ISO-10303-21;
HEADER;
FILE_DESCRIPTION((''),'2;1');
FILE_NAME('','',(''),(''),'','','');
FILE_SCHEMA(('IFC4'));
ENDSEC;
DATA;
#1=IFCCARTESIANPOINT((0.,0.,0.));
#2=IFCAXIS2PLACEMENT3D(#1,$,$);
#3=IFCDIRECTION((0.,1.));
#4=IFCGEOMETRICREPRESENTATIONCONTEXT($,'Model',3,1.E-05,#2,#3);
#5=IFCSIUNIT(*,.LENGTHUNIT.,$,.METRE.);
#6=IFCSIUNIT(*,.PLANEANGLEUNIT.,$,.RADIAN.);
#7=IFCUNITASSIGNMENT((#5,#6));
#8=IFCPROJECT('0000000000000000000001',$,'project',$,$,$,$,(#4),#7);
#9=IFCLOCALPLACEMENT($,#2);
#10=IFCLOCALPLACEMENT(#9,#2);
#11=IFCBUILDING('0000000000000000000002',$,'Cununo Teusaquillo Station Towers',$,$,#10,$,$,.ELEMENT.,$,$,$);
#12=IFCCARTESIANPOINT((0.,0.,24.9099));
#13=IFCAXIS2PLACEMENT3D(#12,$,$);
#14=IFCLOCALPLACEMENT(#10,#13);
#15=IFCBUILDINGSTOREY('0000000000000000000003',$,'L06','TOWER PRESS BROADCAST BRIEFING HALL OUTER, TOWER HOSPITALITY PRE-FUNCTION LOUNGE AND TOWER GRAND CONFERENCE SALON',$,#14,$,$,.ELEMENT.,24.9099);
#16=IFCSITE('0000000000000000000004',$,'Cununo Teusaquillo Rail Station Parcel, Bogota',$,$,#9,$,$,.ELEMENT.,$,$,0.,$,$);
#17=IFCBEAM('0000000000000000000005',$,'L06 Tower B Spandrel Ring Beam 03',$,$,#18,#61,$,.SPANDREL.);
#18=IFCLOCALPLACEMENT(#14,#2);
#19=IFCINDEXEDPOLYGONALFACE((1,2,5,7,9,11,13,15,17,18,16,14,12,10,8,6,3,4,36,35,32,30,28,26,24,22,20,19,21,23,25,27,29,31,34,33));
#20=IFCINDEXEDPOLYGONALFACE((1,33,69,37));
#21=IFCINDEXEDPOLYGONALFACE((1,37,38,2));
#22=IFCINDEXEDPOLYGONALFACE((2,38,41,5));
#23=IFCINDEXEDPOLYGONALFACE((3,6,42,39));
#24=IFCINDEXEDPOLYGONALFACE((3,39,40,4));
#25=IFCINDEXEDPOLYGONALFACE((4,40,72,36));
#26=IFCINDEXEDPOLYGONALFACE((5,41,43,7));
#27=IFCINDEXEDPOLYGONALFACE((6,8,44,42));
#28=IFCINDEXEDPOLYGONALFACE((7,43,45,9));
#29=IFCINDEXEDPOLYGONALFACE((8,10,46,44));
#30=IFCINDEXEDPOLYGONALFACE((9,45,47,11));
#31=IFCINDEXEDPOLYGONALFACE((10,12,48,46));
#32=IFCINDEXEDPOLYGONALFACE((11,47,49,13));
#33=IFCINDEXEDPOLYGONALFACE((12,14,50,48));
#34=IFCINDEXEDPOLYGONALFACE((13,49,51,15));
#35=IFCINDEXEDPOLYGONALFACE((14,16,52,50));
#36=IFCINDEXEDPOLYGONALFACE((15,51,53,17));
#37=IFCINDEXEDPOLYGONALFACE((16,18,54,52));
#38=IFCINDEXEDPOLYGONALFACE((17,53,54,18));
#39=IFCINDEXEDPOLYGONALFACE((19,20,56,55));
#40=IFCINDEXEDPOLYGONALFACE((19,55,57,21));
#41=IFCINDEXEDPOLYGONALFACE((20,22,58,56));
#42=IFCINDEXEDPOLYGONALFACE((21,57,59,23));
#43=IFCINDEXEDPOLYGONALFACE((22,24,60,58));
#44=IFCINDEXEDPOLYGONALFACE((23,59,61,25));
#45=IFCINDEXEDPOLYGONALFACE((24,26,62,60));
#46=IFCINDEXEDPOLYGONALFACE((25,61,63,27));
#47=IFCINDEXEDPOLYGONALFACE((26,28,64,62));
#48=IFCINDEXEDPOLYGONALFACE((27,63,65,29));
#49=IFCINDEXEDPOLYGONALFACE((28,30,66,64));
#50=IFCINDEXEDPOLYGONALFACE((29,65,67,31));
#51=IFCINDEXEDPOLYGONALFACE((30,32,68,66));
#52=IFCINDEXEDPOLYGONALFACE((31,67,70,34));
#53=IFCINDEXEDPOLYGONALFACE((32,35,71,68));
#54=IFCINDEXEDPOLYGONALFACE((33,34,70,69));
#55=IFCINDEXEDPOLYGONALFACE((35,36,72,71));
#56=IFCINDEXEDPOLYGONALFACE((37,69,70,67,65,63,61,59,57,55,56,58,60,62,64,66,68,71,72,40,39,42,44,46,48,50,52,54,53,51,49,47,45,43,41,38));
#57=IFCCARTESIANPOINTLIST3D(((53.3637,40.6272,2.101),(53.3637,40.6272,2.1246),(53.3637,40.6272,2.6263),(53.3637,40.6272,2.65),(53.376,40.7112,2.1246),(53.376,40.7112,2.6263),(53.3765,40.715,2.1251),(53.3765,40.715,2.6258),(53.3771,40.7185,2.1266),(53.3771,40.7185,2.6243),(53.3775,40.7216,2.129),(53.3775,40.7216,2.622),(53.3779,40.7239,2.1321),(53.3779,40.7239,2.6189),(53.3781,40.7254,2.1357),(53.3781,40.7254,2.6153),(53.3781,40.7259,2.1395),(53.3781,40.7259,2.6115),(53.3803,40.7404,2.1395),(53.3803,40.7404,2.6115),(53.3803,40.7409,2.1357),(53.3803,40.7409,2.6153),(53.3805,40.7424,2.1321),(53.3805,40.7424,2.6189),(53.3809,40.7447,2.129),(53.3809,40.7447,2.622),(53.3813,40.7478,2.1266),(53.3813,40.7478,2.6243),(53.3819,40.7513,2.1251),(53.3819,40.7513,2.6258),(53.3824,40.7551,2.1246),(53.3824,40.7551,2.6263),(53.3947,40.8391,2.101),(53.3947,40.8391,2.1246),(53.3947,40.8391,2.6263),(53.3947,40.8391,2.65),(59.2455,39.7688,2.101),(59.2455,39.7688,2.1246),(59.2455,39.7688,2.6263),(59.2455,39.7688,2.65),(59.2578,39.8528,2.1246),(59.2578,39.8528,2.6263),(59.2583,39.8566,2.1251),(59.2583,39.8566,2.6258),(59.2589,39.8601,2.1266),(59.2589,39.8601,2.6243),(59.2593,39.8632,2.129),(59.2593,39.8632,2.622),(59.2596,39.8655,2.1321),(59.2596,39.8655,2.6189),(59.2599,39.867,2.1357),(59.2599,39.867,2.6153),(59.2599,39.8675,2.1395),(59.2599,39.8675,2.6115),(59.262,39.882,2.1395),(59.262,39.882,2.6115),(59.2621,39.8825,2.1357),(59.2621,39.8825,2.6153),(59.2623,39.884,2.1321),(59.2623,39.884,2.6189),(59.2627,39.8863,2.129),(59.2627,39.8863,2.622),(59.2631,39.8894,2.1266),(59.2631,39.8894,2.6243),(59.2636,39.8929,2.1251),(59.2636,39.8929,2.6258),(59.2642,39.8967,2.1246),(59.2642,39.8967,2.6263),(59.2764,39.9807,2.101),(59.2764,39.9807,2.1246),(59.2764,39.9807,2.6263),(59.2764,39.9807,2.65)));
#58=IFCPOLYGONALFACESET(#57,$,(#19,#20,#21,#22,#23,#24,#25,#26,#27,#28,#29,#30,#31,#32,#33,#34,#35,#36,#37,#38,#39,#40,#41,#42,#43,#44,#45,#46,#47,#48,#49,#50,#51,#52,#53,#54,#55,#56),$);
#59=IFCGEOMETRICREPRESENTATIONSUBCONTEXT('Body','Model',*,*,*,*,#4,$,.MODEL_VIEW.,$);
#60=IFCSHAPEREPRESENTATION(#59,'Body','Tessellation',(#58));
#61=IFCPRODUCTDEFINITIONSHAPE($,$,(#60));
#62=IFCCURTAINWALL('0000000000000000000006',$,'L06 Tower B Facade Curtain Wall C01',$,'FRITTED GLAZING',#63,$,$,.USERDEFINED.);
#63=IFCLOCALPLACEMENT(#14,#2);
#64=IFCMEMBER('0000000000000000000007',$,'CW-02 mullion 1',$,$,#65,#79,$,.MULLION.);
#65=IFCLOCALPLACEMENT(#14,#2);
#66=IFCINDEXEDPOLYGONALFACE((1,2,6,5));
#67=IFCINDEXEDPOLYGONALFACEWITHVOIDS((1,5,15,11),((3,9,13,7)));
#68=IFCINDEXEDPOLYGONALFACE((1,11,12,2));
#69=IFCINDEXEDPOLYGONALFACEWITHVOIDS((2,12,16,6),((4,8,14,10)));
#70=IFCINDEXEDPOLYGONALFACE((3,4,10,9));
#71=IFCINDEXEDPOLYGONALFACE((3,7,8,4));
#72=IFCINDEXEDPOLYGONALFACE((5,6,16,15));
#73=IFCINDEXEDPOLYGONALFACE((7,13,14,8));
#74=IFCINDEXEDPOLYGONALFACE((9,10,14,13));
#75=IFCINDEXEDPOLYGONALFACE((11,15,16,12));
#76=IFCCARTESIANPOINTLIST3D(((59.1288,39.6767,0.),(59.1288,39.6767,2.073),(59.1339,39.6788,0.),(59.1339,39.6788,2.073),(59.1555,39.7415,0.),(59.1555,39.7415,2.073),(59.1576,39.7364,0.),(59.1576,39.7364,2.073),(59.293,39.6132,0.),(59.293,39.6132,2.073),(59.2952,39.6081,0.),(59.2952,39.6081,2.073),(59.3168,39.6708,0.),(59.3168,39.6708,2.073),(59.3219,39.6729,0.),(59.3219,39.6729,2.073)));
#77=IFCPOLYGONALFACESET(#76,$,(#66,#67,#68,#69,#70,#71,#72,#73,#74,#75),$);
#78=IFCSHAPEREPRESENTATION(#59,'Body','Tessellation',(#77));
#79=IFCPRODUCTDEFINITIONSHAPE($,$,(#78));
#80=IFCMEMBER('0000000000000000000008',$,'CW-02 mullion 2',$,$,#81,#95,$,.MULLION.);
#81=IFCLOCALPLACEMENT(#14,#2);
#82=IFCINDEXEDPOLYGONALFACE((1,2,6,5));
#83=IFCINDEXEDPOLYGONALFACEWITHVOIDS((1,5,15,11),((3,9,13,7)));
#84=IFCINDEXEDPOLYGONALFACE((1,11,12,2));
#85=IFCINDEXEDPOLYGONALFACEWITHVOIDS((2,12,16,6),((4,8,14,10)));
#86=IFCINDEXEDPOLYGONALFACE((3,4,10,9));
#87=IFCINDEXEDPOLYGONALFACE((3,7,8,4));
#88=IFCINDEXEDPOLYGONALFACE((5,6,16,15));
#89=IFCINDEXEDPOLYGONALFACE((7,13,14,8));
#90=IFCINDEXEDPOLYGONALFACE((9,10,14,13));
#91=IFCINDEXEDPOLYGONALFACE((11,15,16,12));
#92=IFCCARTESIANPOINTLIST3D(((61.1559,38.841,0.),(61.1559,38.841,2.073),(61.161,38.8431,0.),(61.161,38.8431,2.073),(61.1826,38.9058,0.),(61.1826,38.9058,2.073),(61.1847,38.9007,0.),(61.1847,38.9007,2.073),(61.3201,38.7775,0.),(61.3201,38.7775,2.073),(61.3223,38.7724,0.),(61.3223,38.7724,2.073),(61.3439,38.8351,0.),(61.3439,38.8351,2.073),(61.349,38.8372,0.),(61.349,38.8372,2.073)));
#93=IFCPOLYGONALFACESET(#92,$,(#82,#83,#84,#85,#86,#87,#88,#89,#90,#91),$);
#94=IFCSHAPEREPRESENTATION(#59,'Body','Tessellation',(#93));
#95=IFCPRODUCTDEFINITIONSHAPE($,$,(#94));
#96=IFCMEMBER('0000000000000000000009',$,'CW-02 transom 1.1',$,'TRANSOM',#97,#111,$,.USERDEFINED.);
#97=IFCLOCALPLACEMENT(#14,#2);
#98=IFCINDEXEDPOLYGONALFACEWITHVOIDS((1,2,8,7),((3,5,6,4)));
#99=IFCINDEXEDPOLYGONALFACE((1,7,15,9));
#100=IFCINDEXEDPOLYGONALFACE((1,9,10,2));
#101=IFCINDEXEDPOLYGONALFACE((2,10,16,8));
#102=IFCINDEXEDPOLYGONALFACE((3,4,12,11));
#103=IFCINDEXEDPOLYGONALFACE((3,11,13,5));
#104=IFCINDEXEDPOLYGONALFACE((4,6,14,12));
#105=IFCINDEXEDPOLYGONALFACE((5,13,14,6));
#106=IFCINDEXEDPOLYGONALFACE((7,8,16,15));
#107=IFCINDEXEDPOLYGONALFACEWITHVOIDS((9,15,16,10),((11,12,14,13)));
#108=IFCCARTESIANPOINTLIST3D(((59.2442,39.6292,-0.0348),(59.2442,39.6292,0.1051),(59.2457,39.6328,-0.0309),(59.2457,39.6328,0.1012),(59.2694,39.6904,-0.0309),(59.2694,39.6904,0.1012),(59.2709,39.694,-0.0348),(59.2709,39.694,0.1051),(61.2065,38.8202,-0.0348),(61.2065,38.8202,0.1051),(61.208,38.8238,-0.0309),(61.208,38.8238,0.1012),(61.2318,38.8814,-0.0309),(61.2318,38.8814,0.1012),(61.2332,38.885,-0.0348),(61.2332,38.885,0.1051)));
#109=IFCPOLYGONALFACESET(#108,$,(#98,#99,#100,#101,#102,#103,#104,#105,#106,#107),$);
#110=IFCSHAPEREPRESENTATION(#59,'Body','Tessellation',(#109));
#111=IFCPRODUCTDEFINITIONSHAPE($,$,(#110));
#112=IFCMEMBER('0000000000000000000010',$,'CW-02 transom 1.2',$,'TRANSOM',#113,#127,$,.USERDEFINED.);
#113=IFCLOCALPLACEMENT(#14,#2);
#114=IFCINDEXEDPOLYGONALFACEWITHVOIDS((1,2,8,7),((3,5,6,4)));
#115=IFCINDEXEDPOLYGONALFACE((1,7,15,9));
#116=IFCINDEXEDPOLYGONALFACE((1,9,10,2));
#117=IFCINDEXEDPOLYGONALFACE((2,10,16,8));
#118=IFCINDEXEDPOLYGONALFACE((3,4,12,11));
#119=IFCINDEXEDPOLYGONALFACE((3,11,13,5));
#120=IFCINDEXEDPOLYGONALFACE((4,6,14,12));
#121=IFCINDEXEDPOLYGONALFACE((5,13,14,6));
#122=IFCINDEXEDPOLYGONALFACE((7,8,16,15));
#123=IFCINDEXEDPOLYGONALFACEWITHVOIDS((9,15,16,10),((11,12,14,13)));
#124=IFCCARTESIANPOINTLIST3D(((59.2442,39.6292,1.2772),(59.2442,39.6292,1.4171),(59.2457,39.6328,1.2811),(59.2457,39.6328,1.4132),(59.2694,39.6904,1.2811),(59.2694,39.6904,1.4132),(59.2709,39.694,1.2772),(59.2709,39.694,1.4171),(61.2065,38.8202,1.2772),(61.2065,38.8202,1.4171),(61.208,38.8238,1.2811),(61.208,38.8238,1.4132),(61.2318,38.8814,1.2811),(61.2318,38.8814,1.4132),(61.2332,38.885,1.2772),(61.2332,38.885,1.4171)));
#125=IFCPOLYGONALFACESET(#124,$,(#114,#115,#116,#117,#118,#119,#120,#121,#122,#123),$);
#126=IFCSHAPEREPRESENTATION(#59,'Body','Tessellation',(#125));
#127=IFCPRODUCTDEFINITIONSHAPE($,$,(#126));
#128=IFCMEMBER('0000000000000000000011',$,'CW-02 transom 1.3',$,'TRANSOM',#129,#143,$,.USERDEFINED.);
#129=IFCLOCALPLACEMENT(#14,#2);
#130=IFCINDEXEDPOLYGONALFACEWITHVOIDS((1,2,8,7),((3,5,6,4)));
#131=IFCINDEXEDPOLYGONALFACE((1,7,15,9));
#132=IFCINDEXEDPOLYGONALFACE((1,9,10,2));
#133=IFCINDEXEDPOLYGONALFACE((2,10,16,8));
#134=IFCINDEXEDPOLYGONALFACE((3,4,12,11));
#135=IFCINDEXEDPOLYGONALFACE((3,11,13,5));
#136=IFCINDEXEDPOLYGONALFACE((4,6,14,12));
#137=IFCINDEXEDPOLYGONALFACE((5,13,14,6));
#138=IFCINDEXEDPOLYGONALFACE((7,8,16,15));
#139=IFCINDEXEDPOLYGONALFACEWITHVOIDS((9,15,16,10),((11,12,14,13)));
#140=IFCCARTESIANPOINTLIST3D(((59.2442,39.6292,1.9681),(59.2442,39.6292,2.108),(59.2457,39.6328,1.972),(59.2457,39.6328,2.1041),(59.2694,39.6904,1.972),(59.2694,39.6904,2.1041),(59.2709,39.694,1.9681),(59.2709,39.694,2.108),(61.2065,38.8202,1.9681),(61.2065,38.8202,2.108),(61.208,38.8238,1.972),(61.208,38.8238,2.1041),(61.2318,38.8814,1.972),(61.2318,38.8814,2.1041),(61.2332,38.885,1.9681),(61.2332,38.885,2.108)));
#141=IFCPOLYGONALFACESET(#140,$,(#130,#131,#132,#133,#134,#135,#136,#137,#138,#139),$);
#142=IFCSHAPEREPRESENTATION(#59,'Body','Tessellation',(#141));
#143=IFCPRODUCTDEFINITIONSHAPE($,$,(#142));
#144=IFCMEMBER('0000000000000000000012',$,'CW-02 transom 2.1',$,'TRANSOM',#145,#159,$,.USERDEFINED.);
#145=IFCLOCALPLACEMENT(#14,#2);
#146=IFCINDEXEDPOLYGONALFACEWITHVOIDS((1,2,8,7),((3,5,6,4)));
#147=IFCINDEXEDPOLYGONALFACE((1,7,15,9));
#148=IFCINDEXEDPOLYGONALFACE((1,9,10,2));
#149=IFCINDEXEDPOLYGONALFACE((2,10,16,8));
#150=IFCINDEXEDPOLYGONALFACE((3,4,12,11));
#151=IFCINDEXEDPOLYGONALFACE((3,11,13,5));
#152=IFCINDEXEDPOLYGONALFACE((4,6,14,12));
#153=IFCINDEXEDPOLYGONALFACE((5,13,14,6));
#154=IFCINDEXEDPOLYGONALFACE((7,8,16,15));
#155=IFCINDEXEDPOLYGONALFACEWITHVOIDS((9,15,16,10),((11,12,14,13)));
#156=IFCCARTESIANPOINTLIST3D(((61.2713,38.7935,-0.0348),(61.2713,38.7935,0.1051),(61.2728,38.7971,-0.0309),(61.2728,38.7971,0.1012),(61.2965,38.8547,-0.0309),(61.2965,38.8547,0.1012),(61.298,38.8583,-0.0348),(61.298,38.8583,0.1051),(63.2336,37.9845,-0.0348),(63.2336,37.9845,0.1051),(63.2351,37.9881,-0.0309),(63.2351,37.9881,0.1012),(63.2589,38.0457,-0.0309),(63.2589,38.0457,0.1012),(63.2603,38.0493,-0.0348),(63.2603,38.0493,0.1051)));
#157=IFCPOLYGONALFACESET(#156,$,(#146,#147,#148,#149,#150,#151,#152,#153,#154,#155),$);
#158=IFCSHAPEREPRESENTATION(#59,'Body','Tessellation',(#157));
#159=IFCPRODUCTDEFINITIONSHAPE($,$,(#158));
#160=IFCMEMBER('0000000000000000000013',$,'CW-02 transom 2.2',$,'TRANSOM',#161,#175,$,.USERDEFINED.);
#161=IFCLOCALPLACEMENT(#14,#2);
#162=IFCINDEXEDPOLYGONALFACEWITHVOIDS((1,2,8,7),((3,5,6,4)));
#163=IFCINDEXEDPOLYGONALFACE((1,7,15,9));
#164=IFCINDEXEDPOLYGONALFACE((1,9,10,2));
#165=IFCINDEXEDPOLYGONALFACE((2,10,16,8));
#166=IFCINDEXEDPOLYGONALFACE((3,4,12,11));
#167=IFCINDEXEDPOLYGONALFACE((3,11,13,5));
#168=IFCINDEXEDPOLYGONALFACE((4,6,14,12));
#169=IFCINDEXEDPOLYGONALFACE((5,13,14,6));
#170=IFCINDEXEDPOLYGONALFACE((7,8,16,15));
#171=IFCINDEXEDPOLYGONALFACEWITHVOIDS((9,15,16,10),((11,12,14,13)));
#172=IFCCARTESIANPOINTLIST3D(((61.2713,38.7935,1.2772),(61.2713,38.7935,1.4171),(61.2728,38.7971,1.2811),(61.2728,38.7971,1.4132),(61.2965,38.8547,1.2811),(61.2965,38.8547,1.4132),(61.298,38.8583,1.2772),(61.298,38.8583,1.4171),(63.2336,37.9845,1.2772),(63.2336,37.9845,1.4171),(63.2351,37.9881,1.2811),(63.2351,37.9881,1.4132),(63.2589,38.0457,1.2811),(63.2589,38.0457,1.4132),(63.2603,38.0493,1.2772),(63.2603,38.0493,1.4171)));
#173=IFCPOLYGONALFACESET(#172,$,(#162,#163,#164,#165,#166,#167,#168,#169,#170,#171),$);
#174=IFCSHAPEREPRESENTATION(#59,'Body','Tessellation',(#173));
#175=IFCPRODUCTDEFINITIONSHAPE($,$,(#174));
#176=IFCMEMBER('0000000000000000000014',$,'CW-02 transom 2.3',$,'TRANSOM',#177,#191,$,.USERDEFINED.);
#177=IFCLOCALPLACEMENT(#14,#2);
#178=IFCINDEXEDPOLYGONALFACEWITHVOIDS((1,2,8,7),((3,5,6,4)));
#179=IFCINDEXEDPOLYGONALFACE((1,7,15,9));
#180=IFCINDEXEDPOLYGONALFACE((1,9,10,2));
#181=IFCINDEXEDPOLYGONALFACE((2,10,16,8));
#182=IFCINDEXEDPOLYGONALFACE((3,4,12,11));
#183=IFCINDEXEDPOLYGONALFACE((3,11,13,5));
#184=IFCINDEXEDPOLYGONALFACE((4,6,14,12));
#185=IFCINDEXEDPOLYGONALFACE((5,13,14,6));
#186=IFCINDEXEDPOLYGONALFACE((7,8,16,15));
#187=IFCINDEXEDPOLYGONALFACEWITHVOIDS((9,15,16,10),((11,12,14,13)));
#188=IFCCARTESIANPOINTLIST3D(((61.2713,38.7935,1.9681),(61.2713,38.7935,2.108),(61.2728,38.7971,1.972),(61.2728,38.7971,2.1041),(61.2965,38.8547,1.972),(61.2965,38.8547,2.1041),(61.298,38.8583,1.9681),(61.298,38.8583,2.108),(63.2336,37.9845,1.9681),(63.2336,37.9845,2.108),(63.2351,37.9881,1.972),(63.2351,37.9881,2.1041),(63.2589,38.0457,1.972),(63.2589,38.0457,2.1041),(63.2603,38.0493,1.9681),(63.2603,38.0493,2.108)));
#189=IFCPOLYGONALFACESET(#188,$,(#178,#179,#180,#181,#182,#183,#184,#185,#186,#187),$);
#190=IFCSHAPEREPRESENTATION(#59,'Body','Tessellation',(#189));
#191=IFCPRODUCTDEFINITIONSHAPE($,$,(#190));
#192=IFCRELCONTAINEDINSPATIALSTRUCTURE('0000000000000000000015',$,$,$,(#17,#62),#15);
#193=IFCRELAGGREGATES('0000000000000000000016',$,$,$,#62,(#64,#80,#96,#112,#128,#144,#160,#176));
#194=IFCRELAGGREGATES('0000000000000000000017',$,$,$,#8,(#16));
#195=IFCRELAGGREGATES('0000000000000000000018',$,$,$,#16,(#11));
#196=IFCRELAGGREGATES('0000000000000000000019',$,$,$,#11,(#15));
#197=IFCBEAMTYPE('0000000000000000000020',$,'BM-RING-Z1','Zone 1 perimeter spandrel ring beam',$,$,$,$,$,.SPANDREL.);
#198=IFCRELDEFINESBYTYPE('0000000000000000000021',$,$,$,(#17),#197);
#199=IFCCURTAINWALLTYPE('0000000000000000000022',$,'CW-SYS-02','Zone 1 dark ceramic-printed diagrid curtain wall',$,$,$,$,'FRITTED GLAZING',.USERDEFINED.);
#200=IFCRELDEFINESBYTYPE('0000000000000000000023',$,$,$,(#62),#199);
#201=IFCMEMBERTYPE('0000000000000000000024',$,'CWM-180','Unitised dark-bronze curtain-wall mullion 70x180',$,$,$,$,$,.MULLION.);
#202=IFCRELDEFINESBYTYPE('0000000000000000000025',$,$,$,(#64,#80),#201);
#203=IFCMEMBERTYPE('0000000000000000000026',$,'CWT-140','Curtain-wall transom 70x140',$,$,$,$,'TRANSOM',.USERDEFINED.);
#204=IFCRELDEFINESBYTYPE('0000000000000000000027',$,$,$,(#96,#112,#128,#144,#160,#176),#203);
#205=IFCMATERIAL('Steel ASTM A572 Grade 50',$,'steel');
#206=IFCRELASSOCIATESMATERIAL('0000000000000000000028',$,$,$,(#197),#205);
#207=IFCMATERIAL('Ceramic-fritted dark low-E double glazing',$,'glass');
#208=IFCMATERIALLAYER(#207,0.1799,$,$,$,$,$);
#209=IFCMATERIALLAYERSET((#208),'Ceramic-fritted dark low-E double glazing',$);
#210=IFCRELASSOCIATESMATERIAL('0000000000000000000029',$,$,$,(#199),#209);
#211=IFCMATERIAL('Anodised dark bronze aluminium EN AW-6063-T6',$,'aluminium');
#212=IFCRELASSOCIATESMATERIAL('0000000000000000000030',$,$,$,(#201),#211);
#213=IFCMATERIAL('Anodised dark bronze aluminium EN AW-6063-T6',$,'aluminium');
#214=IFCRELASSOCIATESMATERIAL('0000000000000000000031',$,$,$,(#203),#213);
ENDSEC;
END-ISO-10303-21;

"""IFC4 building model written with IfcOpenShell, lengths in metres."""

from ifc_helpers import new_model, si_unit, direction, frame, origin, origin_2d, place, context, subcontext, project, spatial, hollow_rectangle, i_section, extrude, material, layer, layer_set, material_profile, profile_set, type_object, element, aggregate, save


model = new_model("IFC4")

# Units and contexts
model_context = context("Model", 3, precision=1e-05, world=origin(), true_north=direction((0.0, 1.0)))
body_context = subcontext(model_context, "Body", "Model", "MODEL_VIEW")
ifc_project = project(units=[si_unit("LENGTHUNIT", "METRE"), si_unit("PLANEANGLEUNIT", "RADIAN")], contexts=[model_context])

# Site, building, storey
site_placement = place(None, origin())
site = spatial("IfcSite", under=ifc_project, at=site_placement, Name="Cununo Teusaquillo Rail Station Parcel, Bogota", CompositionType="ELEMENT", RefElevation=0.0)
building_placement = place(site_placement, origin())
building = spatial("IfcBuilding", under=site, at=building_placement, Name="Cununo Teusaquillo Station Towers", CompositionType="ELEMENT")
storey_placement = place(building_placement, frame((0.0, 0.0, 24.9099)))
storey = spatial("IfcBuildingStorey", under=building, at=storey_placement, Name="L06", Description="TOWER PRESS BROADCAST BRIEFING HALL OUTER, TOWER HOSPITALITY PRE-FUNCTION LOUNGE AND TOWER GRAND CONFERENCE SALON", CompositionType="ELEMENT", Elevation=24.9099)

# Beam
ifc_material_1 = material(Name="Steel ASTM A572 Grade 50", Category="steel")
ifc_material_profile_1 = material_profile(ifc_material_1, i_section(OverallWidth=0.2141, OverallDepth=0.5491, WebThickness=0.0146, FlangeThickness=0.0237, FilletRadius=0.0149, at=origin_2d()), Name="W21X93")
ifc_profile_set_1 = profile_set([ifc_material_profile_1], Name="Steel ASTM A572 Grade 50")
beam_type_1 = type_object("IfcBeamType", Name="BM-RING-Z1", Description="Zone 1 perimeter spandrel ring beam", PredefinedType="SPANDREL", material=ifc_profile_set_1)
beam_1_placement = place(storey_placement, frame((59.261, 39.8748, 2.3755), z_axis=(-0.989518, 0.144411, 0.0), x_axis=(-0.144411, -0.989518, 0.0)))
element("IfcBeam", 1, at=beam_1_placement, inside=storey, type_object=beam_type_1, Name="L06 Tower B Spandrel Ring Beam 03", PredefinedType="SPANDREL", context=body_context, shape_type="SweptSolid", body=[
    extrude(i_section(OverallWidth=0.2141, OverallDepth=0.5491, WebThickness=0.0146, FlangeThickness=0.0237, FilletRadius=0.0149, at=origin_2d()), origin(), (0.0, 0.0, 1.0), 5.9441),
])

# Curtain wall, members
ifc_material_2 = material(Name="Ceramic-fritted dark low-E double glazing", Category="glass")
ifc_layer_1 = layer(ifc_material_2, 0.1799)
ifc_layer_set_1 = layer_set([ifc_layer_1], Name="Ceramic-fritted dark low-E double glazing")
curtain_wall_type = type_object("IfcCurtainWallType", Name="CW-SYS-02", Description="Zone 1 dark ceramic-printed diagrid curtain wall", ElementType="FRITTED GLAZING", PredefinedType="USERDEFINED", material=ifc_layer_set_1)
curtain_wall_placement = place(storey_placement, origin())
curtain_wall = element("IfcCurtainWall", 2, at=curtain_wall_placement, inside=storey, type_object=curtain_wall_type, Name="L06 Tower B Facade Curtain Wall C01", ObjectType="FRITTED GLAZING", PredefinedType="USERDEFINED")
ifc_material_3 = material(Name="Anodised dark bronze aluminium EN AW-6063-T6", Category="aluminium")
ifc_material_profile_2 = material_profile(ifc_material_3, hollow_rectangle(XDim=0.0701, YDim=0.1799, WallThickness=0.0039, at=origin_2d()), Name="CW-MULL-70x180")
ifc_profile_set_2 = profile_set([ifc_material_profile_2], Name="Anodised dark bronze aluminium EN AW-6063-T6")
member_type_1 = type_object("IfcMemberType", Name="CWM-180", Description="Unitised dark-bronze curtain-wall mullion 70x180", PredefinedType="MULLION", material=ifc_profile_set_2)
member_1_placement = place(storey_placement, frame((59.2253, 39.6748, 0.0), z_axis=(0.0, 0.0, 1.0), x_axis=(0.381122, 0.924525, 0.0)))
member_1 = element("IfcMember", 3, at=member_1_placement, type_object=member_type_1, Name="CW-02 mullion 1", PredefinedType="MULLION", context=body_context, shape_type="SweptSolid", body=[
    extrude(hollow_rectangle(XDim=0.0701, YDim=0.1799, WallThickness=0.0039, at=origin_2d()), origin(), (0.0, 0.0, 1.0), 2.073),
])
member_2_placement = place(storey_placement, frame((61.2524, 38.8391, 0.0), z_axis=(0.0, 0.0, 1.0), x_axis=(0.381122, 0.924525, 0.0)))
member_2 = element("IfcMember", 4, at=member_2_placement, type_object=member_type_1, Name="CW-02 mullion 2", PredefinedType="MULLION", context=body_context, shape_type="SweptSolid", body=[
    extrude(hollow_rectangle(XDim=0.0701, YDim=0.1799, WallThickness=0.0039, at=origin_2d()), origin(), (0.0, 0.0, 1.0), 2.073),
])
ifc_material_4 = material(Name="Anodised dark bronze aluminium EN AW-6063-T6", Category="aluminium")
ifc_material_profile_3 = material_profile(ifc_material_4, hollow_rectangle(XDim=0.0701, YDim=0.1399, WallThickness=0.0039, at=origin_2d()), Name="CW-TRAN-70x140")
ifc_profile_set_3 = profile_set([ifc_material_profile_3], Name="Anodised dark bronze aluminium EN AW-6063-T6")
member_type_2 = type_object("IfcMemberType", Name="CWT-140", Description="Curtain-wall transom 70x140", ElementType="TRANSOM", PredefinedType="USERDEFINED", material=ifc_profile_set_3)
member_3_placement = place(storey_placement, frame((59.2576, 39.6616, 0.0352), z_axis=(0.924507, -0.381166, 0.0), x_axis=(0.381166, 0.924507, 0.0)))
member_3 = element("IfcMember", 5, at=member_3_placement, type_object=member_type_2, Name="CW-02 transom 1.1", ObjectType="TRANSOM", PredefinedType="USERDEFINED", context=body_context, shape_type="SweptSolid", body=[
    extrude(hollow_rectangle(XDim=0.0701, YDim=0.1399, WallThickness=0.0039, at=origin_2d()), origin(), (0.0, 0.0, 1.0), 2.1226),
])
member_4_placement = place(storey_placement, frame((59.2576, 39.6616, 1.3472), z_axis=(0.924507, -0.381166, 0.0), x_axis=(0.381166, 0.924507, 0.0)))
member_4 = element("IfcMember", 6, at=member_4_placement, type_object=member_type_2, Name="CW-02 transom 1.2", ObjectType="TRANSOM", PredefinedType="USERDEFINED", context=body_context, shape_type="SweptSolid", body=[
    extrude(hollow_rectangle(XDim=0.0701, YDim=0.1399, WallThickness=0.0039, at=origin_2d()), origin(), (0.0, 0.0, 1.0), 2.1226),
])
member_5_placement = place(storey_placement, frame((59.2576, 39.6616, 2.0381), z_axis=(0.924507, -0.381166, 0.0), x_axis=(0.381166, 0.924507, 0.0)))
member_5 = element("IfcMember", 7, at=member_5_placement, type_object=member_type_2, Name="CW-02 transom 1.3", ObjectType="TRANSOM", PredefinedType="USERDEFINED", context=body_context, shape_type="SweptSolid", body=[
    extrude(hollow_rectangle(XDim=0.0701, YDim=0.1399, WallThickness=0.0039, at=origin_2d()), origin(), (0.0, 0.0, 1.0), 2.1226),
])
member_6_placement = place(storey_placement, frame((61.2847, 38.8259, 0.0352), z_axis=(0.924507, -0.381166, 0.0), x_axis=(0.381166, 0.924507, 0.0)))
member_6 = element("IfcMember", 8, at=member_6_placement, type_object=member_type_2, Name="CW-02 transom 2.1", ObjectType="TRANSOM", PredefinedType="USERDEFINED", context=body_context, shape_type="SweptSolid", body=[
    extrude(hollow_rectangle(XDim=0.0701, YDim=0.1399, WallThickness=0.0039, at=origin_2d()), origin(), (0.0, 0.0, 1.0), 2.1226),
])
member_7_placement = place(storey_placement, frame((61.2847, 38.8259, 1.3472), z_axis=(0.924507, -0.381166, 0.0), x_axis=(0.381166, 0.924507, 0.0)))
member_7 = element("IfcMember", 9, at=member_7_placement, type_object=member_type_2, Name="CW-02 transom 2.2", ObjectType="TRANSOM", PredefinedType="USERDEFINED", context=body_context, shape_type="SweptSolid", body=[
    extrude(hollow_rectangle(XDim=0.0701, YDim=0.1399, WallThickness=0.0039, at=origin_2d()), origin(), (0.0, 0.0, 1.0), 2.1226),
])
member_8_placement = place(storey_placement, frame((61.2847, 38.8259, 2.0381), z_axis=(0.924507, -0.381166, 0.0), x_axis=(0.381166, 0.924507, 0.0)))
member_8 = element("IfcMember", 10, at=member_8_placement, type_object=member_type_2, Name="CW-02 transom 2.3", ObjectType="TRANSOM", PredefinedType="USERDEFINED", context=body_context, shape_type="SweptSolid", body=[
    extrude(hollow_rectangle(XDim=0.0701, YDim=0.1399, WallThickness=0.0039, at=origin_2d()), origin(), (0.0, 0.0, 1.0), 2.1226),
])
aggregate(curtain_wall, [member_1, member_2, member_3, member_4, member_5, member_6, member_7, member_8])

save(model, "model.ifc")
